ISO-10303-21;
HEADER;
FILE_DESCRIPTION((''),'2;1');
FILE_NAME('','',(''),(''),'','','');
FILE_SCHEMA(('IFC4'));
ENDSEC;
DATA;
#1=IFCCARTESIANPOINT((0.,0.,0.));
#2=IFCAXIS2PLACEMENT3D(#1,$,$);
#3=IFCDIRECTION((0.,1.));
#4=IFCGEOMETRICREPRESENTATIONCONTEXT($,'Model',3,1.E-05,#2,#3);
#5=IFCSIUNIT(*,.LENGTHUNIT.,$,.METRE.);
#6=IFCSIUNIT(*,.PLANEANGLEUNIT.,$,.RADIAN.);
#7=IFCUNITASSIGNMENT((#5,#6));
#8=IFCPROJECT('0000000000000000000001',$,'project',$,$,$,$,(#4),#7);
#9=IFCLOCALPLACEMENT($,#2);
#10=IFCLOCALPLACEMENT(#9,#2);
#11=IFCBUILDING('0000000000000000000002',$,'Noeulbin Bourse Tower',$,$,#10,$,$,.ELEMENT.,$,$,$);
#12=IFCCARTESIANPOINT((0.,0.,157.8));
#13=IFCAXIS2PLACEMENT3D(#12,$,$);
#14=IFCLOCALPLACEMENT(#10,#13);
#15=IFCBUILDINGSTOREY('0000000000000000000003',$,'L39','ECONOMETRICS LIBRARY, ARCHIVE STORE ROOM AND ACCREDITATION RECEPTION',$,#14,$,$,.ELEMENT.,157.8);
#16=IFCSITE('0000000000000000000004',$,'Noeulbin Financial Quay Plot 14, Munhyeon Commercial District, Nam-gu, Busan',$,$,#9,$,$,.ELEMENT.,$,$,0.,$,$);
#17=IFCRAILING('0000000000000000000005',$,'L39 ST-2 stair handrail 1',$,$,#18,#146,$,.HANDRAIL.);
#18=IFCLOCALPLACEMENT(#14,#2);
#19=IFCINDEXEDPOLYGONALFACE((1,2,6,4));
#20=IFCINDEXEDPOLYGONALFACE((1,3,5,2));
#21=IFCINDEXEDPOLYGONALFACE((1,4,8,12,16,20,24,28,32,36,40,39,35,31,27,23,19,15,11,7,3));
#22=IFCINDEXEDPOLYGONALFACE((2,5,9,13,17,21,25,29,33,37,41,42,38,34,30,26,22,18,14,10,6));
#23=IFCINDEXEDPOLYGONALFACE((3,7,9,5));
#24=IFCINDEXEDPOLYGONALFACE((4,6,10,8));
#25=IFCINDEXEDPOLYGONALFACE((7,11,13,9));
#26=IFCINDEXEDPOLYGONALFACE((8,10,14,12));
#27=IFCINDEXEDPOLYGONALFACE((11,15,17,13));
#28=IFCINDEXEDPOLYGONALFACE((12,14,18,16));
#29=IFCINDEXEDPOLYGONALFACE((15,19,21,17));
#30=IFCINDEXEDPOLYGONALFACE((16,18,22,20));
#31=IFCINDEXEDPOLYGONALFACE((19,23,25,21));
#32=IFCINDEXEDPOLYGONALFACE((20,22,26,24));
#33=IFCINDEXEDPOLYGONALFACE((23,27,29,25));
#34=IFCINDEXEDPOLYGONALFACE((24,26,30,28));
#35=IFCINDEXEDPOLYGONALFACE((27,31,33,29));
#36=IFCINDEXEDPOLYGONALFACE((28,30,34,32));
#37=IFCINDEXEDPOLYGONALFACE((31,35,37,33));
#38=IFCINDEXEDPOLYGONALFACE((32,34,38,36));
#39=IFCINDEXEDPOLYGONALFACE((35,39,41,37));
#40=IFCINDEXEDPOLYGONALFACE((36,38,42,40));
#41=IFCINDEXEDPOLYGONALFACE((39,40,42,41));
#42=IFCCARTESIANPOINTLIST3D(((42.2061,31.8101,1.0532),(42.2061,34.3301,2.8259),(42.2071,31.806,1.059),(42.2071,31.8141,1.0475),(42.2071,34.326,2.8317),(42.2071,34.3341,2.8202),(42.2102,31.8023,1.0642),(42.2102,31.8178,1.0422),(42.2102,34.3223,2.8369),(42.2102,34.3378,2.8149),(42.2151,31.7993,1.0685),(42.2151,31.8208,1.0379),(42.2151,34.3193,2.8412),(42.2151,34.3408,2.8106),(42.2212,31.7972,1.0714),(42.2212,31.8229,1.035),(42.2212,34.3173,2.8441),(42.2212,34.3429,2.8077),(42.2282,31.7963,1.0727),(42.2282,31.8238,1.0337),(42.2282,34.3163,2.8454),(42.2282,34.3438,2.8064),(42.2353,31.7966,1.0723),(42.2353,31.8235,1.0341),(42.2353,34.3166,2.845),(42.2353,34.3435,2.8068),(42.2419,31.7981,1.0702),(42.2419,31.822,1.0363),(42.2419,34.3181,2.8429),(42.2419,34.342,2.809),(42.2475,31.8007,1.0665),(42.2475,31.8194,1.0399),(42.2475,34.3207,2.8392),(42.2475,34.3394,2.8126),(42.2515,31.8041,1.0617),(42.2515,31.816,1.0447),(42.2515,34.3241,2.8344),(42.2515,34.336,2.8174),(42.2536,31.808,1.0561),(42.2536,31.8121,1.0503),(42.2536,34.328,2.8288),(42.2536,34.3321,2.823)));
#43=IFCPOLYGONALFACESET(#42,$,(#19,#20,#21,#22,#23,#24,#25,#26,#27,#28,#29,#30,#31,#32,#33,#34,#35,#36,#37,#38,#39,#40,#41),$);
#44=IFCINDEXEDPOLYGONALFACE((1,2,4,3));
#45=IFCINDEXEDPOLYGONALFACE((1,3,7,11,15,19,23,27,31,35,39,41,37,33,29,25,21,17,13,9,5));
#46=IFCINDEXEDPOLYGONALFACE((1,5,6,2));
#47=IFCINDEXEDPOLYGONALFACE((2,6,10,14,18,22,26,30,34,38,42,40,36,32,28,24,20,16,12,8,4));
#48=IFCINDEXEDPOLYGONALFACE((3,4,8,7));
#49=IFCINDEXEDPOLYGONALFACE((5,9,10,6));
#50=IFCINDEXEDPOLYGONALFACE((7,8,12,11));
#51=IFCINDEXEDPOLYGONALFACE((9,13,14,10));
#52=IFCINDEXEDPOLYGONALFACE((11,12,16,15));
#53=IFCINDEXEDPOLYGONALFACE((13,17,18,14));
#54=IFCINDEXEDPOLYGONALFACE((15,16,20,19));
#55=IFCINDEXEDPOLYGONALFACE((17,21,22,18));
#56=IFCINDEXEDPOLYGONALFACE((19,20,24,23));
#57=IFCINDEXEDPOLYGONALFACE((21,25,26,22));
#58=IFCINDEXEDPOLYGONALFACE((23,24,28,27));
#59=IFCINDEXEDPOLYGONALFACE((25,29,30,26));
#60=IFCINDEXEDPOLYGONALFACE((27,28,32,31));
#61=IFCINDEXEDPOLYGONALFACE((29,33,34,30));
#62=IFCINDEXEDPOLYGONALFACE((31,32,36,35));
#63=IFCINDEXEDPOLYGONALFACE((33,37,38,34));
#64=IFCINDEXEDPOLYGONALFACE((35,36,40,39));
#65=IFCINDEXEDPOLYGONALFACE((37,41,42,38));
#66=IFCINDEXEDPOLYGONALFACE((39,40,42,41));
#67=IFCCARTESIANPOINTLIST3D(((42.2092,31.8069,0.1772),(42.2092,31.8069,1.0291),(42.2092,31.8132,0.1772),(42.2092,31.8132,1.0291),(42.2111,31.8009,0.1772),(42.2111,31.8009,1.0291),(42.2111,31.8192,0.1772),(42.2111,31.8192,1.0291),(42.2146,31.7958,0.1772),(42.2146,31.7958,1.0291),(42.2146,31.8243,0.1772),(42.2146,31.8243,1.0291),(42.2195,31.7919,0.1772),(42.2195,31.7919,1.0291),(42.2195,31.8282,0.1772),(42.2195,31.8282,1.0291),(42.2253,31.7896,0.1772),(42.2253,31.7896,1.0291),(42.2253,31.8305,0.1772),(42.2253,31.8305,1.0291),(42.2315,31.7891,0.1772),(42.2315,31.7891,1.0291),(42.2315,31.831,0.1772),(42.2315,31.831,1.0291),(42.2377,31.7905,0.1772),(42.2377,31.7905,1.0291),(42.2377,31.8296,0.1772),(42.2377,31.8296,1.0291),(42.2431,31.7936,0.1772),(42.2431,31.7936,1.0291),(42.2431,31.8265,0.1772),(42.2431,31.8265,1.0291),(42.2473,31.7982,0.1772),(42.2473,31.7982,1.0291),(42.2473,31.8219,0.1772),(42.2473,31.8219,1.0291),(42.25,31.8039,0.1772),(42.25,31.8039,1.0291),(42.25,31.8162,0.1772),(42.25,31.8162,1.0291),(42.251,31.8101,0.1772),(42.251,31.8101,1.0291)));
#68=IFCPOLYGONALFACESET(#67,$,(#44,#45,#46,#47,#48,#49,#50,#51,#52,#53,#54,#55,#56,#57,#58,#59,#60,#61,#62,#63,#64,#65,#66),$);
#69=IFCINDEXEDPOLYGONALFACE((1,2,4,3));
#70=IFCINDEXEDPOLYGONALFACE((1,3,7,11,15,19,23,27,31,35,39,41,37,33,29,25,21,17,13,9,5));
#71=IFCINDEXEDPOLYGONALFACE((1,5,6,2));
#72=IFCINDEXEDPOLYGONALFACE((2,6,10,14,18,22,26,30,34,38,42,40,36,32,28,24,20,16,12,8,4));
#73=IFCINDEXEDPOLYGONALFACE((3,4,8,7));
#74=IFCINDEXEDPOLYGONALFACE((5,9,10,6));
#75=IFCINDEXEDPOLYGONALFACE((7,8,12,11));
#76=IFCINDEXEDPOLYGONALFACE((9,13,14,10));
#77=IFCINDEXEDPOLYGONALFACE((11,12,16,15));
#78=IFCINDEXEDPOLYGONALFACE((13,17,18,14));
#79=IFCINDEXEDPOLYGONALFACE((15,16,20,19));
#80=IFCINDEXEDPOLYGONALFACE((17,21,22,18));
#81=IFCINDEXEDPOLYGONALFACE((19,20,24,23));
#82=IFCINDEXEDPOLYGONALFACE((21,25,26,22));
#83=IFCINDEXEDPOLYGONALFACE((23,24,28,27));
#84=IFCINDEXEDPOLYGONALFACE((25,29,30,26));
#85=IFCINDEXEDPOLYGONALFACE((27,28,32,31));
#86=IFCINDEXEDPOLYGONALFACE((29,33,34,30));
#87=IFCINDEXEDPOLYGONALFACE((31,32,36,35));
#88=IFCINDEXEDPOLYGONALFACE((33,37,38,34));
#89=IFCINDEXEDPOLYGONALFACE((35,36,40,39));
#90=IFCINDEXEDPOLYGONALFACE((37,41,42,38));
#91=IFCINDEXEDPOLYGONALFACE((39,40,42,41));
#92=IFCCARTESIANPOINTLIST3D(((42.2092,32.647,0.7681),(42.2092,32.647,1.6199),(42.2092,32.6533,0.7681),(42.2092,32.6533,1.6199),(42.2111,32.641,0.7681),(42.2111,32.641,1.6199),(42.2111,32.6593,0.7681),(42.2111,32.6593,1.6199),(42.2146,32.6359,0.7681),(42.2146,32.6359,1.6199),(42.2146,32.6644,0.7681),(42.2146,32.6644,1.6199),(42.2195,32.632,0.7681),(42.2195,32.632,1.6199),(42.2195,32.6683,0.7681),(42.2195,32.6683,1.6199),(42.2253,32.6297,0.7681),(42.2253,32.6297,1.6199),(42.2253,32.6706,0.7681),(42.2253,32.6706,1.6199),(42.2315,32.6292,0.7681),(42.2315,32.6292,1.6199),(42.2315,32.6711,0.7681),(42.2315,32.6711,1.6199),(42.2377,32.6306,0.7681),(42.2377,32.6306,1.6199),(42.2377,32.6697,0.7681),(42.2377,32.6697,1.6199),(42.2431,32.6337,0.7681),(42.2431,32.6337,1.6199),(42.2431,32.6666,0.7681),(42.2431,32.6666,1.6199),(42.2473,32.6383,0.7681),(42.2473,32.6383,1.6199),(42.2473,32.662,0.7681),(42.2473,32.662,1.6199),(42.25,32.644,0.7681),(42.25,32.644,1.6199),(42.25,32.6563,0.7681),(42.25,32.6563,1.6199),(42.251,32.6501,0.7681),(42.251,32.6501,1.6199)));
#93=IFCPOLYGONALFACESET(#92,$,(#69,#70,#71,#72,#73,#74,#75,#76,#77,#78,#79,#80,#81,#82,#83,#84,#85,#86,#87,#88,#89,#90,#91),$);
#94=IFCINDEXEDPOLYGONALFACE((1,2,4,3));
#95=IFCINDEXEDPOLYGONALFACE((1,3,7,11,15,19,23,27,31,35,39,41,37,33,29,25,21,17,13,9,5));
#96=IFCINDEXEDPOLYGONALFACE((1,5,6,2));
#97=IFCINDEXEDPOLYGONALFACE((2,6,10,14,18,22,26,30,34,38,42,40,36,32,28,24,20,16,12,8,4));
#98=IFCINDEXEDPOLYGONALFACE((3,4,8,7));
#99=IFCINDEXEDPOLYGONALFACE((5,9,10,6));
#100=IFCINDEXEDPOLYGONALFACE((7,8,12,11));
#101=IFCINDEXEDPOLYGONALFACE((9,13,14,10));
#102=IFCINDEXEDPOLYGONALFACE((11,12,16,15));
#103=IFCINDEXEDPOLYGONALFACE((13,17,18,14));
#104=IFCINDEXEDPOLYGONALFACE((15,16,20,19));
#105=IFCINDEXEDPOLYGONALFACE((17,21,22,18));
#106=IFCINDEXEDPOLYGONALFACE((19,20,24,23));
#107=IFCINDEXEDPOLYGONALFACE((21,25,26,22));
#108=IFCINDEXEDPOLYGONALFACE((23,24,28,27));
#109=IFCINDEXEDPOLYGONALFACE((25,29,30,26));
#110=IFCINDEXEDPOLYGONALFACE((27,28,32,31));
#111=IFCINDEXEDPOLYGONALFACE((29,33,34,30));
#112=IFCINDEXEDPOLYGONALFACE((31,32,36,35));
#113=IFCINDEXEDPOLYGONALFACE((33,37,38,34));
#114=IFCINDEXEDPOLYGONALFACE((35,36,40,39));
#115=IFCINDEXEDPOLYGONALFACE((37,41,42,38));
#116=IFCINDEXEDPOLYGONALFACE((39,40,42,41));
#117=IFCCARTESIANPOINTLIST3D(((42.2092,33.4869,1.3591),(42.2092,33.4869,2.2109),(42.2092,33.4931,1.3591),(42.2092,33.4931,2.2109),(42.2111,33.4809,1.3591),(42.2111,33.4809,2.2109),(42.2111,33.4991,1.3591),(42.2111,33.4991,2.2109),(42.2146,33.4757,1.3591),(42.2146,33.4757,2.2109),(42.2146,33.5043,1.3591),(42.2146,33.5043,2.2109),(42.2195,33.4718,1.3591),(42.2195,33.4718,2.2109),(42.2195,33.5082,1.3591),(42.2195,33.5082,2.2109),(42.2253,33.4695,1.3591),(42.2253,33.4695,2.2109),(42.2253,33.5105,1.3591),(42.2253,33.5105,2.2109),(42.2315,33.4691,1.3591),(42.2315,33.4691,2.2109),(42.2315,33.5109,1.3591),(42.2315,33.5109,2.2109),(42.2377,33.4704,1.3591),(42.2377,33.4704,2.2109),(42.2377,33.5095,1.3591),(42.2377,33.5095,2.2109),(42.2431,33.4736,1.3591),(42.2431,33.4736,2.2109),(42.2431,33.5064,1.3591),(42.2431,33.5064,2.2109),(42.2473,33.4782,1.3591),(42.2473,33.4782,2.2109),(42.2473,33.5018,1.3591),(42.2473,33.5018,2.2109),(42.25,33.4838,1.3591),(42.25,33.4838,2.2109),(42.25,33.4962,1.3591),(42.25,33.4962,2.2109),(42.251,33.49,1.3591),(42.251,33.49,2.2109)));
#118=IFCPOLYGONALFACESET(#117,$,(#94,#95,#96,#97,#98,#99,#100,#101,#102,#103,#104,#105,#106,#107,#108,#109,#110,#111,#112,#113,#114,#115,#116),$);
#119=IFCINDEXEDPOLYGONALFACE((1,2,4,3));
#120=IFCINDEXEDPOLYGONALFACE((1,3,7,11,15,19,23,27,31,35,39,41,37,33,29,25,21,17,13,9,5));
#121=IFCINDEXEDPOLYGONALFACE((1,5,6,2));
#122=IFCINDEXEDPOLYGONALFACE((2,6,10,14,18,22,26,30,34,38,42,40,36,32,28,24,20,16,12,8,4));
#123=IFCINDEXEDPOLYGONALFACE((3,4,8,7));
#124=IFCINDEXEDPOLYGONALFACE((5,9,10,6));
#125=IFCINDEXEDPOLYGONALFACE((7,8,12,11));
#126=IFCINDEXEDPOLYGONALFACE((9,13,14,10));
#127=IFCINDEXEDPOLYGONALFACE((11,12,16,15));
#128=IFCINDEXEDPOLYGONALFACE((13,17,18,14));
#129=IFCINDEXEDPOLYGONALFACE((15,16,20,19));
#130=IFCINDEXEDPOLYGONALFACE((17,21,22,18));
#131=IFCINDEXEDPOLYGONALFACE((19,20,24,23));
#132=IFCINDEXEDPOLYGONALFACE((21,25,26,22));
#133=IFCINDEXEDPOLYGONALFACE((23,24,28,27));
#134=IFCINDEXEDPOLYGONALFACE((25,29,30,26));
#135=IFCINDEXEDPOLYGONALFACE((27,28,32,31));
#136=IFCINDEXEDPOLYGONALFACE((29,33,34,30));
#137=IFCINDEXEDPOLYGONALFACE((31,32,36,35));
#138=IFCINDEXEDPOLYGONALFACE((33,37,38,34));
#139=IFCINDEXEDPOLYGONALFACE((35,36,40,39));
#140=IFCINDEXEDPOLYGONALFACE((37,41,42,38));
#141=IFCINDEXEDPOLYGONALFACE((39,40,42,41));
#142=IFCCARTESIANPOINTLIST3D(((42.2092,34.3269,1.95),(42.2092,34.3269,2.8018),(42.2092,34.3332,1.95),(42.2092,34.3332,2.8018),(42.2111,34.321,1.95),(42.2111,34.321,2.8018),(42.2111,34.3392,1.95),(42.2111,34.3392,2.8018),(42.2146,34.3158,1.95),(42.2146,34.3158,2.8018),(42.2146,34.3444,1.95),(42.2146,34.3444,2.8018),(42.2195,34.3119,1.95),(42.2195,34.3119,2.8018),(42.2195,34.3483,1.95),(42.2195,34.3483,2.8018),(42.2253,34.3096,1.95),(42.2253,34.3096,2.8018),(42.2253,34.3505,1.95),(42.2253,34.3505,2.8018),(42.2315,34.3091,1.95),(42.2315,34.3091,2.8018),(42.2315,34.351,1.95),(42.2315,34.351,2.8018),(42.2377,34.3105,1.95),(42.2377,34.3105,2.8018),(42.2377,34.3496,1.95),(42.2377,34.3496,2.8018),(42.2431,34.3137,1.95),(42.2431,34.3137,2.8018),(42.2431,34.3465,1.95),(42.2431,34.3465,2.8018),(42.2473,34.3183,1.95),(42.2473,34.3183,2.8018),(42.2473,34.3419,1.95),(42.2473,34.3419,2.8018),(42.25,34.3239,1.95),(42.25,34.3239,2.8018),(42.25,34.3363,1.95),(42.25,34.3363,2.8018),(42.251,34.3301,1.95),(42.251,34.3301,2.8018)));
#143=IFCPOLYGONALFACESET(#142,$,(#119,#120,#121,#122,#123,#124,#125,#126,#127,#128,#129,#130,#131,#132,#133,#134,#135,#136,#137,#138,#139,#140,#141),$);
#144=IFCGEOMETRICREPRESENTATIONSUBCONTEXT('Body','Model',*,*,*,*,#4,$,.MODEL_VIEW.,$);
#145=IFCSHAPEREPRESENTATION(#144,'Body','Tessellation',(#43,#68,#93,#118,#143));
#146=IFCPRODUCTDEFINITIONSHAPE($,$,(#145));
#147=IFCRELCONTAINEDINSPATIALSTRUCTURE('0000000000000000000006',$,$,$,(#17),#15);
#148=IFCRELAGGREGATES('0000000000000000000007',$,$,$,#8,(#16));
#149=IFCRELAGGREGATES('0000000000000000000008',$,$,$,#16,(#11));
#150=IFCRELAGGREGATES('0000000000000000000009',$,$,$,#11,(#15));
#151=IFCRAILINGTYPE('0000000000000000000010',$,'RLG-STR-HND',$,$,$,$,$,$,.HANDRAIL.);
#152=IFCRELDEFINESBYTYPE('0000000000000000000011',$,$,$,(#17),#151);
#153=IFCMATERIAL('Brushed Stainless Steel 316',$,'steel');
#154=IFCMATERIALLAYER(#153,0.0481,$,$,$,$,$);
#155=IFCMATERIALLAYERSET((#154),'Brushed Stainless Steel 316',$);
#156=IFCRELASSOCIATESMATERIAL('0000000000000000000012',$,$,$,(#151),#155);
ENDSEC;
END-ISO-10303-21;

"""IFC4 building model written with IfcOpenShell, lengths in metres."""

from ifc_helpers import new_model, si_unit, direction, frame, origin, origin_2d, place, context, subcontext, project, spatial, circle, extrude, material, layer, layer_set, type_object, element, save


model = new_model("IFC4")

# Units and contexts
model_context = context("Model", 3, precision=1e-05, world=origin(), true_north=direction((0.0, 1.0)))
body_context = subcontext(model_context, "Body", "Model", "MODEL_VIEW")
ifc_project = project(units=[si_unit("LENGTHUNIT", "METRE"), si_unit("PLANEANGLEUNIT", "RADIAN")], contexts=[model_context])

# Site, building, storey
site_placement = place(None, origin())
site = spatial("IfcSite", under=ifc_project, at=site_placement, Name="Noeulbin Financial Quay Plot 14, Munhyeon Commercial District, Nam-gu, Busan", CompositionType="ELEMENT", RefElevation=0.0)
building_placement = place(site_placement, origin())
building = spatial("IfcBuilding", under=site, at=building_placement, Name="Noeulbin Bourse Tower", CompositionType="ELEMENT")
storey_placement = place(building_placement, frame((0.0, 0.0, 157.8)))
storey = spatial("IfcBuildingStorey", under=building, at=storey_placement, Name="L39", Description="ECONOMETRICS LIBRARY, ARCHIVE STORE ROOM AND ACCREDITATION RECEPTION", CompositionType="ELEMENT", Elevation=157.8)

# Railing
ifc_material_1 = material(Name="Brushed Stainless Steel 316", Category="steel")
ifc_layer_1 = layer(ifc_material_1, 0.0481)
ifc_layer_set_1 = layer_set([ifc_layer_1], Name="Brushed Stainless Steel 316")
railing_type_1 = type_object("IfcRailingType", Name="RLG-STR-HND", PredefinedType="HANDRAIL", material=ifc_layer_set_1)
railing_1_placement = place(storey_placement, frame((42.23, 31.8101, 0.1772)))
element("IfcRailing", 1, at=railing_1_placement, inside=storey, type_object=railing_type_1, Name="L39 ST-2 stair handrail 1", PredefinedType="HANDRAIL", context=body_context, shape_type="SweptSolid", body=[
    extrude(circle(Radius=0.0239, at=origin_2d()), frame((0.0, 0.0, 0.876), z_axis=(0.0, 0.817904, 0.575354), x_axis=(-1.0, 0.0, 0.0)), (0.0, 0.0, 1.0), 3.0811),
    extrude(circle(Radius=0.021, at=origin_2d()), origin(), (0.0, 0.0, 1.0), 0.8518),
    extrude(circle(Radius=0.021, at=origin_2d()), frame((0.0, 0.8401, 0.5908)), (0.0, 0.0, 1.0), 0.8518),
    extrude(circle(Radius=0.021, at=origin_2d()), frame((0.0, 1.6799, 1.1819)), (0.0, 0.0, 1.0), 0.8518),
    extrude(circle(Radius=0.021, at=origin_2d()), frame((0.0, 2.52, 1.7727)), (0.0, 0.0, 1.0), 0.8518),
])

save(model, "model.ifc")
